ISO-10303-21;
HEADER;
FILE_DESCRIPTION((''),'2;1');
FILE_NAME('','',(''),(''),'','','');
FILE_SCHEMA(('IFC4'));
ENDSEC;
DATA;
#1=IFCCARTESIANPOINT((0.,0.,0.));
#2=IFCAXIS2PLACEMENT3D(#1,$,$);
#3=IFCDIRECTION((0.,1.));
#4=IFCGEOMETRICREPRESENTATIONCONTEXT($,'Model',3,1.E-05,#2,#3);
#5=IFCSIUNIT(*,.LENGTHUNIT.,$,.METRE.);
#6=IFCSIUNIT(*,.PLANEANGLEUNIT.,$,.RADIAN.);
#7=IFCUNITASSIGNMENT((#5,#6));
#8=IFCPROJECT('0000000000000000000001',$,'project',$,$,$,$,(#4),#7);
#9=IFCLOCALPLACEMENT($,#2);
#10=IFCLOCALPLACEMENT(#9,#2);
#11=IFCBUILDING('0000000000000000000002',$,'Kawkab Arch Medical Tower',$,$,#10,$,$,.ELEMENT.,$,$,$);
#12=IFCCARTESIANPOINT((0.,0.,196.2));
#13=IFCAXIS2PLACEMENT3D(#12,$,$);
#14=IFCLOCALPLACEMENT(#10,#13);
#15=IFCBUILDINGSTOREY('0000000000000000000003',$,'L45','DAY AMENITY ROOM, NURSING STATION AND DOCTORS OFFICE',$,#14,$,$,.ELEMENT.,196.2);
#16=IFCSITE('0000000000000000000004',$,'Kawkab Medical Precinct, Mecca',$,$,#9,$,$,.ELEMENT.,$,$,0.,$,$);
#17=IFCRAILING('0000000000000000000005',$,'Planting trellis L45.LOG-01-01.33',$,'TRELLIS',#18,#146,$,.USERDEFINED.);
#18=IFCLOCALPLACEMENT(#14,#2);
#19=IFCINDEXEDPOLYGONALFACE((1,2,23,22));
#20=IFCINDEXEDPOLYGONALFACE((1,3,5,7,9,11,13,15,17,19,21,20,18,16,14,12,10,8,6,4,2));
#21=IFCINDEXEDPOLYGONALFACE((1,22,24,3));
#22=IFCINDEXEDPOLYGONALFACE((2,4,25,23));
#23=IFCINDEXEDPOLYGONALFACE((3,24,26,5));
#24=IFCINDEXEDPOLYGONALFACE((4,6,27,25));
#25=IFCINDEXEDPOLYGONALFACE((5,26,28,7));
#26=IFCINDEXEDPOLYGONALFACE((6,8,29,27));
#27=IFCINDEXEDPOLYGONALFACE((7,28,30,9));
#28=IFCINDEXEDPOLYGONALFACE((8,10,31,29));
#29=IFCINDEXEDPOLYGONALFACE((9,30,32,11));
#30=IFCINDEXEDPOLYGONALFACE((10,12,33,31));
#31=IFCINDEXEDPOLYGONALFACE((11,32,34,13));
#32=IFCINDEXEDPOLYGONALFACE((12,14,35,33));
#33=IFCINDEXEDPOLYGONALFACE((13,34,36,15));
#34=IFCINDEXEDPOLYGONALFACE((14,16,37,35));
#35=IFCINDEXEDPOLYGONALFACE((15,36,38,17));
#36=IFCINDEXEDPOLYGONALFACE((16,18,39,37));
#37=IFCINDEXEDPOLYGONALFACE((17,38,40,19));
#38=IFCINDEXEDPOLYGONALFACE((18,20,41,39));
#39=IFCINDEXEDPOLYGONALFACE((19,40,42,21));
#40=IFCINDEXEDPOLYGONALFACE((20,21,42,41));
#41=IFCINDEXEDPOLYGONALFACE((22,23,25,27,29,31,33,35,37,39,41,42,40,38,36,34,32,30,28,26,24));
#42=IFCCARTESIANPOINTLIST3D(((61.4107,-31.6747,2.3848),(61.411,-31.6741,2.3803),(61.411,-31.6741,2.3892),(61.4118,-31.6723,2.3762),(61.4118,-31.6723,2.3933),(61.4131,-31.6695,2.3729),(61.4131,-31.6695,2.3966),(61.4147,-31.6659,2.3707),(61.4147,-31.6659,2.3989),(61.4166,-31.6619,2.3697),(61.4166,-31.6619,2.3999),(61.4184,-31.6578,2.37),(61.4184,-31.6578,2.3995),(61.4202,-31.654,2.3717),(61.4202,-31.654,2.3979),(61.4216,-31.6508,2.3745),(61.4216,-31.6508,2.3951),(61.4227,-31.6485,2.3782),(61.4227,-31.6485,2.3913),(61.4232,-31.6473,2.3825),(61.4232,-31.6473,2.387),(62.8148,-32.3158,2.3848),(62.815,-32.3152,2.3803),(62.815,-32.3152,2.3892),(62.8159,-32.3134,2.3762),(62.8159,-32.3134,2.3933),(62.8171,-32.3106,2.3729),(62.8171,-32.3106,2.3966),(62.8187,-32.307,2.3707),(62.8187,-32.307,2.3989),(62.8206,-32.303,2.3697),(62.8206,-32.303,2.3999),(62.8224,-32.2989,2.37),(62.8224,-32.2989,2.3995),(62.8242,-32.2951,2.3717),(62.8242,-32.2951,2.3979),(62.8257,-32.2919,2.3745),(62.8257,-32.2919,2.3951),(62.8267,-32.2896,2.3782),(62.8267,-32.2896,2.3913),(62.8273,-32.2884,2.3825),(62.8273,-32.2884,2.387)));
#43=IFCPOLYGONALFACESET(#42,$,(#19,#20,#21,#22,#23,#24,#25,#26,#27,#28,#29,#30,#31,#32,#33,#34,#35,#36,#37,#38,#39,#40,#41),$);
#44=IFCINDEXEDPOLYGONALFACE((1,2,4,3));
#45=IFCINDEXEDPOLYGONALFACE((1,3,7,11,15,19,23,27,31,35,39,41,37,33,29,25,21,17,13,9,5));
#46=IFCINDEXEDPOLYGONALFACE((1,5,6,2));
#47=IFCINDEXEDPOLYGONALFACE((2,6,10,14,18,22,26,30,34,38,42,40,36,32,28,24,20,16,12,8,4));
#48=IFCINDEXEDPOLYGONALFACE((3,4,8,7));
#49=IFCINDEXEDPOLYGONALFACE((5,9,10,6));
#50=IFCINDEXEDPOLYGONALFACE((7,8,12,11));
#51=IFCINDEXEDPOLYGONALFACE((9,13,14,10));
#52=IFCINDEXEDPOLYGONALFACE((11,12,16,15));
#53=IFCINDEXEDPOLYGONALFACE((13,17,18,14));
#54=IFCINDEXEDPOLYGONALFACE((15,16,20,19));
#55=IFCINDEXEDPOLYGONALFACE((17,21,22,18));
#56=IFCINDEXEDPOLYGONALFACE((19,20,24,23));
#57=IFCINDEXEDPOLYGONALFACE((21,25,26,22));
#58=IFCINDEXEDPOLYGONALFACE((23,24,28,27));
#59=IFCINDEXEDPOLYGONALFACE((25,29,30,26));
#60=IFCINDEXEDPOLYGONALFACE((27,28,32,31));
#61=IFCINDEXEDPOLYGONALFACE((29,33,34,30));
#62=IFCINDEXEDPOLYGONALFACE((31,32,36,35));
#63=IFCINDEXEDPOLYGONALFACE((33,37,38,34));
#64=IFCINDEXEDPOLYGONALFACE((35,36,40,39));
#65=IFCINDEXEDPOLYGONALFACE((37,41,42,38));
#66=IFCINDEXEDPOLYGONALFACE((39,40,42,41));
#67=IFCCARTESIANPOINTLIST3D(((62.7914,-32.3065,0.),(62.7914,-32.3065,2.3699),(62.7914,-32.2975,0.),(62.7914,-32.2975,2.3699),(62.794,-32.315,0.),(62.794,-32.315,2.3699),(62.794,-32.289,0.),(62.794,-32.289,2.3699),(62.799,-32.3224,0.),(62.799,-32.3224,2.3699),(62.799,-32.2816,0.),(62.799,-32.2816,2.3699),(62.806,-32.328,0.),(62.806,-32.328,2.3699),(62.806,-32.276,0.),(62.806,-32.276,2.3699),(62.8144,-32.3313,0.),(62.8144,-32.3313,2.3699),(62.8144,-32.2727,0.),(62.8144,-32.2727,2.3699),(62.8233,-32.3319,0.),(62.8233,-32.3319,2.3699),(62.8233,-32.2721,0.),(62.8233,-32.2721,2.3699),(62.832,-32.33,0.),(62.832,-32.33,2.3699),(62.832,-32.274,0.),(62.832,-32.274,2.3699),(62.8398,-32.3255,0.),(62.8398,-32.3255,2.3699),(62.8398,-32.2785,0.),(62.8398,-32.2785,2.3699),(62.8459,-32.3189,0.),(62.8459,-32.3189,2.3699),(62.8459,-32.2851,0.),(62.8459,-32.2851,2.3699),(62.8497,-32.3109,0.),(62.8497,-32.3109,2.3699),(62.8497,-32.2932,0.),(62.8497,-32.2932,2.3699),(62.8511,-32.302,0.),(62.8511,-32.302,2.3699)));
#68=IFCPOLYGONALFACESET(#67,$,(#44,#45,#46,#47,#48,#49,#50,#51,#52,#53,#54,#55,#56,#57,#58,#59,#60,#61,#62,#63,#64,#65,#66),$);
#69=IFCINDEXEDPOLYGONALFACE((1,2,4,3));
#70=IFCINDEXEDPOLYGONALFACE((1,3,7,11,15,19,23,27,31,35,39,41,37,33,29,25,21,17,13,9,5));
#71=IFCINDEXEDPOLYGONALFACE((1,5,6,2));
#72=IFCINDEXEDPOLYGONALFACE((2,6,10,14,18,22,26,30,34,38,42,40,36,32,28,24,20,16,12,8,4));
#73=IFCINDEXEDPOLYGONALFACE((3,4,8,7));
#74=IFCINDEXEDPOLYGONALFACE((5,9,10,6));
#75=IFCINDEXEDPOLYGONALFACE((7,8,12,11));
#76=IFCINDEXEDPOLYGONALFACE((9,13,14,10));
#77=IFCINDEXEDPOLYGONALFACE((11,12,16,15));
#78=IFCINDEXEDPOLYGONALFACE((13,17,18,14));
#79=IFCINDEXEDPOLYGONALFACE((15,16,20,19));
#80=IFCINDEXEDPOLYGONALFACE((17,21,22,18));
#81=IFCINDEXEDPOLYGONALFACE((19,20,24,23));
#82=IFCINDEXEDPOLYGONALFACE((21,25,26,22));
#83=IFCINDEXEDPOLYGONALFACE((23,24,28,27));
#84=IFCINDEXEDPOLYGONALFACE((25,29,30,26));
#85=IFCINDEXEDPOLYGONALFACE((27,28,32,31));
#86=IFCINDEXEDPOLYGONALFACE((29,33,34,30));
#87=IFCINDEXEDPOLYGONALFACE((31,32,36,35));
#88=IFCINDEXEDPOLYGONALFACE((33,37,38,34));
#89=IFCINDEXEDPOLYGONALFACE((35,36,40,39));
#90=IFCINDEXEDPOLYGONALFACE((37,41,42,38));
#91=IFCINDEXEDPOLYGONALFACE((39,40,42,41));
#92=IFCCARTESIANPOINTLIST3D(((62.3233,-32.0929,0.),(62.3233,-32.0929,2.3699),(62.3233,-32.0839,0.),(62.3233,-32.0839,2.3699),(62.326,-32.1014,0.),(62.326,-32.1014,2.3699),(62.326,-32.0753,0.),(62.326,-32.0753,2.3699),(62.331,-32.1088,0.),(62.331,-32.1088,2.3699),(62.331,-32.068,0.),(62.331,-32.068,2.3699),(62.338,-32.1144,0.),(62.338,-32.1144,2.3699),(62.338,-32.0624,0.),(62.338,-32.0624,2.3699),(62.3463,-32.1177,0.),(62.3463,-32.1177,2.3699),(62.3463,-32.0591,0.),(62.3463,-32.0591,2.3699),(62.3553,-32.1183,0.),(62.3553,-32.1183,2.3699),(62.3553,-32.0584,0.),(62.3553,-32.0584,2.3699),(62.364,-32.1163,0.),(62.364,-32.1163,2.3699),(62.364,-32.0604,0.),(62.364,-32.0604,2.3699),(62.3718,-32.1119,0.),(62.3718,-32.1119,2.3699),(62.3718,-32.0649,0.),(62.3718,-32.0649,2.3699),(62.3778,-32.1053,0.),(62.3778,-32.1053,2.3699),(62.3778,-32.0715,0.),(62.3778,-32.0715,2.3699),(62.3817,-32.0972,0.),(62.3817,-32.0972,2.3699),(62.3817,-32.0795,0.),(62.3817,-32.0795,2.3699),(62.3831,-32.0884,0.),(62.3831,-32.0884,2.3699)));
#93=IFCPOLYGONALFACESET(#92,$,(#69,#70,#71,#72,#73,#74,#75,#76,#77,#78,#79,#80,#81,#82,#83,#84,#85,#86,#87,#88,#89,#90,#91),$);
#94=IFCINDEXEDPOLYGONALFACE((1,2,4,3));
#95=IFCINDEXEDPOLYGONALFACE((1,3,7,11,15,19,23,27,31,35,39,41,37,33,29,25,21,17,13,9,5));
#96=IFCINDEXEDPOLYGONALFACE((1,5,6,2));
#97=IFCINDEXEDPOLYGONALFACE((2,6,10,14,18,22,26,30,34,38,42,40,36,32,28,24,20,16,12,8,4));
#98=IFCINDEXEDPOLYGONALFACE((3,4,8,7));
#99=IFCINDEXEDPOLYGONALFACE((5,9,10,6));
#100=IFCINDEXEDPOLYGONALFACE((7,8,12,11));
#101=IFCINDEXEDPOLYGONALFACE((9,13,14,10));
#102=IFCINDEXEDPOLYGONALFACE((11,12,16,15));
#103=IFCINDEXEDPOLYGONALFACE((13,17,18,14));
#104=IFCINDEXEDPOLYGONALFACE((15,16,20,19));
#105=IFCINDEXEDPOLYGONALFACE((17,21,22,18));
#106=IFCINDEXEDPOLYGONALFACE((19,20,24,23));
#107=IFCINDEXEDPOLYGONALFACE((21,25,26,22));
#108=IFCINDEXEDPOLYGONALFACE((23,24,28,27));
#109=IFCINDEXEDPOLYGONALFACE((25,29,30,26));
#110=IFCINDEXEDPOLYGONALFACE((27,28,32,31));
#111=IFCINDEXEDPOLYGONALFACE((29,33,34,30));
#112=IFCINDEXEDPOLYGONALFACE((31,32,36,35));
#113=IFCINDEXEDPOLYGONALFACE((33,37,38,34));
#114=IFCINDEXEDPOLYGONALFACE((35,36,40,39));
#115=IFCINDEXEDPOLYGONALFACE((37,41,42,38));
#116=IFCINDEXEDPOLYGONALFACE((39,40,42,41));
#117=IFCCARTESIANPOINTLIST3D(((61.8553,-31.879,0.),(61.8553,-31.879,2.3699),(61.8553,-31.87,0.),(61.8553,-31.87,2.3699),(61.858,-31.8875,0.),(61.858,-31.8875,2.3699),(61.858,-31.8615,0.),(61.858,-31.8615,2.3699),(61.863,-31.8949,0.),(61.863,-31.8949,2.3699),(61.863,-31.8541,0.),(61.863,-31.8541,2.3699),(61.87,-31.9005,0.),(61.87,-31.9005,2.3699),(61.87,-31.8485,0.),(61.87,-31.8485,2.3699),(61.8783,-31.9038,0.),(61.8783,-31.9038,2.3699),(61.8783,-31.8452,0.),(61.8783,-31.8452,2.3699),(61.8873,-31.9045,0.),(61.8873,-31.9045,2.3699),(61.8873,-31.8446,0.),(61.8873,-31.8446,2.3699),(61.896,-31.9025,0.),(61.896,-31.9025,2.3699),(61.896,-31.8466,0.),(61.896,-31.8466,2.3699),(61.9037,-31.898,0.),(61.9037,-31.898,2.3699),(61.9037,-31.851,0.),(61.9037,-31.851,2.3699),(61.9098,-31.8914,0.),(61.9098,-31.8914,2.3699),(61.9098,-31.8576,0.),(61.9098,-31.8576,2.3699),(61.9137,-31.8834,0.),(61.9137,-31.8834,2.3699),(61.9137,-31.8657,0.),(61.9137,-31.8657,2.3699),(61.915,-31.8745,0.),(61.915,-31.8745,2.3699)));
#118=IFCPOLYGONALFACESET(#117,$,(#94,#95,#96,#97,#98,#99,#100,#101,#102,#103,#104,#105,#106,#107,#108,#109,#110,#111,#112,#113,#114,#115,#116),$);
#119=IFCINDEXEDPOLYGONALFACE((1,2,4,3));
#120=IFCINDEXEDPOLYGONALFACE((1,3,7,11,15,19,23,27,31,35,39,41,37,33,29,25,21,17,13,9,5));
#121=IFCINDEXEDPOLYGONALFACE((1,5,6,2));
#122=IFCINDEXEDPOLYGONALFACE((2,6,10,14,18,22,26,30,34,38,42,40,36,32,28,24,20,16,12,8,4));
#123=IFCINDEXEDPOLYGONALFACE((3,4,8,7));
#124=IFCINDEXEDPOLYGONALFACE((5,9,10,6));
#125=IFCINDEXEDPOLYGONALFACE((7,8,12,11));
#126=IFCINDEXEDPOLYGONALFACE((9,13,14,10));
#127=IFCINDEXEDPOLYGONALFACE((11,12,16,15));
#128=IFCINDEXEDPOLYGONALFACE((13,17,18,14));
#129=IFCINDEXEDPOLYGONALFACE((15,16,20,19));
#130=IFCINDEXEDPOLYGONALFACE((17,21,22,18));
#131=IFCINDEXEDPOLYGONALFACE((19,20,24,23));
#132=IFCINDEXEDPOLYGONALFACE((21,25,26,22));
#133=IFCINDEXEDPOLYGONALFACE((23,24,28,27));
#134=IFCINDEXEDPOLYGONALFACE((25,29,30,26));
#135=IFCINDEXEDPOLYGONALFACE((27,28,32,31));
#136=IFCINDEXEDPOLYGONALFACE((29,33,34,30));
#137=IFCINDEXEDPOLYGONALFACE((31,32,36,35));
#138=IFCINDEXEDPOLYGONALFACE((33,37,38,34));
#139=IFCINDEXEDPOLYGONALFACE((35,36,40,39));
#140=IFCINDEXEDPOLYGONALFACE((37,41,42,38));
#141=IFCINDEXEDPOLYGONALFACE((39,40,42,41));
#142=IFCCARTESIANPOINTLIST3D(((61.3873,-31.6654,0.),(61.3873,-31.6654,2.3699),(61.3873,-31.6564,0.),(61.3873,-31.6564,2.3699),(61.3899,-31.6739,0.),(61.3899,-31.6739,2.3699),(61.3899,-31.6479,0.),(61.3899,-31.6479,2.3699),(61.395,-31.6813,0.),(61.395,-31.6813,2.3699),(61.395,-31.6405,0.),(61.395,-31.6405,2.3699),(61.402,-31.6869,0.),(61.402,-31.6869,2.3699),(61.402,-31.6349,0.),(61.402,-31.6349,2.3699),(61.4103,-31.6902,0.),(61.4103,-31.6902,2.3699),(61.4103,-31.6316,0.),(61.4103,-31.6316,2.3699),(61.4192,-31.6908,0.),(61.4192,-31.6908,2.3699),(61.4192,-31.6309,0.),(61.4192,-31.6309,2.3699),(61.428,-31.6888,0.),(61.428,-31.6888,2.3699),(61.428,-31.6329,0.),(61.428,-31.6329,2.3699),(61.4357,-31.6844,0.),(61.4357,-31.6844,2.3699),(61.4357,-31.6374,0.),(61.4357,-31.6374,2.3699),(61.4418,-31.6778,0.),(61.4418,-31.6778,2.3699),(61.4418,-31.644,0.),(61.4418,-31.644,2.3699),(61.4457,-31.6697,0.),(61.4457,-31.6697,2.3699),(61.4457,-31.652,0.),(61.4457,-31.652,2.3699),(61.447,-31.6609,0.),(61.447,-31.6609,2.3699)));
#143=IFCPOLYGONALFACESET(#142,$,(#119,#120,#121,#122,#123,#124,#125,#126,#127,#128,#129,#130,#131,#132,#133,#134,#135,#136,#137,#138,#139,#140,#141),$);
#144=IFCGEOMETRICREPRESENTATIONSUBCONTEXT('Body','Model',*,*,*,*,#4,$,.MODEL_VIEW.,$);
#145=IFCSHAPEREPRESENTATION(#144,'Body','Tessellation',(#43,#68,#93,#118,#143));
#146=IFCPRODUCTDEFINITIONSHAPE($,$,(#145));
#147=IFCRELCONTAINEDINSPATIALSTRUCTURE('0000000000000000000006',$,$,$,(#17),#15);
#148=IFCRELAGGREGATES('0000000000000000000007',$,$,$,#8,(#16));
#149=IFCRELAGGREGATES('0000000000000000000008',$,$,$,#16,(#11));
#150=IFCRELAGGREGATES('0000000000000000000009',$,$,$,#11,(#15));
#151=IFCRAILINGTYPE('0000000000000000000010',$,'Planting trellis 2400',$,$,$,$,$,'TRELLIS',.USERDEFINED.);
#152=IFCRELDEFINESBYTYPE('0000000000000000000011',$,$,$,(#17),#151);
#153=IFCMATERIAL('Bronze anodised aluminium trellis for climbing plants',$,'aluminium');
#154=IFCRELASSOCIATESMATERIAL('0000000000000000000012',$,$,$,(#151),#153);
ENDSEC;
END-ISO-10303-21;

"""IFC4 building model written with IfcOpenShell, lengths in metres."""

from ifc_helpers import new_model, si_unit, direction, frame, origin, origin_2d, place, context, subcontext, project, spatial, circle, extrude, material, type_object, element, save


model = new_model("IFC4")

# Units and contexts
model_context = context("Model", 3, precision=1e-05, world=origin(), true_north=direction((0.0, 1.0)))
body_context = subcontext(model_context, "Body", "Model", "MODEL_VIEW")
ifc_project = project(units=[si_unit("LENGTHUNIT", "METRE"), si_unit("PLANEANGLEUNIT", "RADIAN")], contexts=[model_context])

# Site, building, storey
site_placement = place(None, origin())
site = spatial("IfcSite", under=ifc_project, at=site_placement, Name="Kawkab Medical Precinct, Mecca", CompositionType="ELEMENT", RefElevation=0.0)
building_placement = place(site_placement, origin())
building = spatial("IfcBuilding", under=site, at=building_placement, Name="Kawkab Arch Medical Tower", CompositionType="ELEMENT")
storey_placement = place(building_placement, frame((0.0, 0.0, 196.2)))
storey = spatial("IfcBuildingStorey", under=building, at=storey_placement, Name="L45", Description="DAY AMENITY ROOM, NURSING STATION AND DOCTORS OFFICE", CompositionType="ELEMENT", Elevation=196.2)

# Railing
ifc_material_1 = material(Name="Bronze anodised aluminium trellis for climbing plants", Category="aluminium")
railing_type = type_object("IfcRailingType", Name="Planting trellis 2400", ElementType="TRELLIS", PredefinedType="USERDEFINED", material=ifc_material_1)
railing_1_placement = place(storey_placement, frame((62.821, -32.302, 0.0)))
element("IfcRailing", 1, at=railing_1_placement, inside=storey, type_object=railing_type, Name="Planting trellis L45.LOG-01-01.33", ObjectType="TRELLIS", PredefinedType="USERDEFINED", context=body_context, shape_type="SweptSolid", body=[
    extrude(circle(Radius=0.0151, at=origin_2d()), frame((0.0, 0.0, 2.3848), z_axis=(-0.909656, 0.415363, 0.0), x_axis=(-0.415363, -0.909656, 0.0)), (0.0, 0.0, 1.0), 1.5435),
    extrude(circle(Radius=0.03, at=origin_2d()), origin(), (0.0, 0.0, 1.0), 2.3699),
    extrude(circle(Radius=0.03, at=origin_2d()), frame((-0.468, 0.2136, 0.0)), (0.0, 0.0, 1.0), 2.3699),
    extrude(circle(Radius=0.03, at=origin_2d()), frame((-0.936, 0.4275, 0.0)), (0.0, 0.0, 1.0), 2.3699),
    extrude(circle(Radius=0.03, at=origin_2d()), frame((-1.4041, 0.6411, 0.0)), (0.0, 0.0, 1.0), 2.3699),
])

save(model, "model.ifc")
